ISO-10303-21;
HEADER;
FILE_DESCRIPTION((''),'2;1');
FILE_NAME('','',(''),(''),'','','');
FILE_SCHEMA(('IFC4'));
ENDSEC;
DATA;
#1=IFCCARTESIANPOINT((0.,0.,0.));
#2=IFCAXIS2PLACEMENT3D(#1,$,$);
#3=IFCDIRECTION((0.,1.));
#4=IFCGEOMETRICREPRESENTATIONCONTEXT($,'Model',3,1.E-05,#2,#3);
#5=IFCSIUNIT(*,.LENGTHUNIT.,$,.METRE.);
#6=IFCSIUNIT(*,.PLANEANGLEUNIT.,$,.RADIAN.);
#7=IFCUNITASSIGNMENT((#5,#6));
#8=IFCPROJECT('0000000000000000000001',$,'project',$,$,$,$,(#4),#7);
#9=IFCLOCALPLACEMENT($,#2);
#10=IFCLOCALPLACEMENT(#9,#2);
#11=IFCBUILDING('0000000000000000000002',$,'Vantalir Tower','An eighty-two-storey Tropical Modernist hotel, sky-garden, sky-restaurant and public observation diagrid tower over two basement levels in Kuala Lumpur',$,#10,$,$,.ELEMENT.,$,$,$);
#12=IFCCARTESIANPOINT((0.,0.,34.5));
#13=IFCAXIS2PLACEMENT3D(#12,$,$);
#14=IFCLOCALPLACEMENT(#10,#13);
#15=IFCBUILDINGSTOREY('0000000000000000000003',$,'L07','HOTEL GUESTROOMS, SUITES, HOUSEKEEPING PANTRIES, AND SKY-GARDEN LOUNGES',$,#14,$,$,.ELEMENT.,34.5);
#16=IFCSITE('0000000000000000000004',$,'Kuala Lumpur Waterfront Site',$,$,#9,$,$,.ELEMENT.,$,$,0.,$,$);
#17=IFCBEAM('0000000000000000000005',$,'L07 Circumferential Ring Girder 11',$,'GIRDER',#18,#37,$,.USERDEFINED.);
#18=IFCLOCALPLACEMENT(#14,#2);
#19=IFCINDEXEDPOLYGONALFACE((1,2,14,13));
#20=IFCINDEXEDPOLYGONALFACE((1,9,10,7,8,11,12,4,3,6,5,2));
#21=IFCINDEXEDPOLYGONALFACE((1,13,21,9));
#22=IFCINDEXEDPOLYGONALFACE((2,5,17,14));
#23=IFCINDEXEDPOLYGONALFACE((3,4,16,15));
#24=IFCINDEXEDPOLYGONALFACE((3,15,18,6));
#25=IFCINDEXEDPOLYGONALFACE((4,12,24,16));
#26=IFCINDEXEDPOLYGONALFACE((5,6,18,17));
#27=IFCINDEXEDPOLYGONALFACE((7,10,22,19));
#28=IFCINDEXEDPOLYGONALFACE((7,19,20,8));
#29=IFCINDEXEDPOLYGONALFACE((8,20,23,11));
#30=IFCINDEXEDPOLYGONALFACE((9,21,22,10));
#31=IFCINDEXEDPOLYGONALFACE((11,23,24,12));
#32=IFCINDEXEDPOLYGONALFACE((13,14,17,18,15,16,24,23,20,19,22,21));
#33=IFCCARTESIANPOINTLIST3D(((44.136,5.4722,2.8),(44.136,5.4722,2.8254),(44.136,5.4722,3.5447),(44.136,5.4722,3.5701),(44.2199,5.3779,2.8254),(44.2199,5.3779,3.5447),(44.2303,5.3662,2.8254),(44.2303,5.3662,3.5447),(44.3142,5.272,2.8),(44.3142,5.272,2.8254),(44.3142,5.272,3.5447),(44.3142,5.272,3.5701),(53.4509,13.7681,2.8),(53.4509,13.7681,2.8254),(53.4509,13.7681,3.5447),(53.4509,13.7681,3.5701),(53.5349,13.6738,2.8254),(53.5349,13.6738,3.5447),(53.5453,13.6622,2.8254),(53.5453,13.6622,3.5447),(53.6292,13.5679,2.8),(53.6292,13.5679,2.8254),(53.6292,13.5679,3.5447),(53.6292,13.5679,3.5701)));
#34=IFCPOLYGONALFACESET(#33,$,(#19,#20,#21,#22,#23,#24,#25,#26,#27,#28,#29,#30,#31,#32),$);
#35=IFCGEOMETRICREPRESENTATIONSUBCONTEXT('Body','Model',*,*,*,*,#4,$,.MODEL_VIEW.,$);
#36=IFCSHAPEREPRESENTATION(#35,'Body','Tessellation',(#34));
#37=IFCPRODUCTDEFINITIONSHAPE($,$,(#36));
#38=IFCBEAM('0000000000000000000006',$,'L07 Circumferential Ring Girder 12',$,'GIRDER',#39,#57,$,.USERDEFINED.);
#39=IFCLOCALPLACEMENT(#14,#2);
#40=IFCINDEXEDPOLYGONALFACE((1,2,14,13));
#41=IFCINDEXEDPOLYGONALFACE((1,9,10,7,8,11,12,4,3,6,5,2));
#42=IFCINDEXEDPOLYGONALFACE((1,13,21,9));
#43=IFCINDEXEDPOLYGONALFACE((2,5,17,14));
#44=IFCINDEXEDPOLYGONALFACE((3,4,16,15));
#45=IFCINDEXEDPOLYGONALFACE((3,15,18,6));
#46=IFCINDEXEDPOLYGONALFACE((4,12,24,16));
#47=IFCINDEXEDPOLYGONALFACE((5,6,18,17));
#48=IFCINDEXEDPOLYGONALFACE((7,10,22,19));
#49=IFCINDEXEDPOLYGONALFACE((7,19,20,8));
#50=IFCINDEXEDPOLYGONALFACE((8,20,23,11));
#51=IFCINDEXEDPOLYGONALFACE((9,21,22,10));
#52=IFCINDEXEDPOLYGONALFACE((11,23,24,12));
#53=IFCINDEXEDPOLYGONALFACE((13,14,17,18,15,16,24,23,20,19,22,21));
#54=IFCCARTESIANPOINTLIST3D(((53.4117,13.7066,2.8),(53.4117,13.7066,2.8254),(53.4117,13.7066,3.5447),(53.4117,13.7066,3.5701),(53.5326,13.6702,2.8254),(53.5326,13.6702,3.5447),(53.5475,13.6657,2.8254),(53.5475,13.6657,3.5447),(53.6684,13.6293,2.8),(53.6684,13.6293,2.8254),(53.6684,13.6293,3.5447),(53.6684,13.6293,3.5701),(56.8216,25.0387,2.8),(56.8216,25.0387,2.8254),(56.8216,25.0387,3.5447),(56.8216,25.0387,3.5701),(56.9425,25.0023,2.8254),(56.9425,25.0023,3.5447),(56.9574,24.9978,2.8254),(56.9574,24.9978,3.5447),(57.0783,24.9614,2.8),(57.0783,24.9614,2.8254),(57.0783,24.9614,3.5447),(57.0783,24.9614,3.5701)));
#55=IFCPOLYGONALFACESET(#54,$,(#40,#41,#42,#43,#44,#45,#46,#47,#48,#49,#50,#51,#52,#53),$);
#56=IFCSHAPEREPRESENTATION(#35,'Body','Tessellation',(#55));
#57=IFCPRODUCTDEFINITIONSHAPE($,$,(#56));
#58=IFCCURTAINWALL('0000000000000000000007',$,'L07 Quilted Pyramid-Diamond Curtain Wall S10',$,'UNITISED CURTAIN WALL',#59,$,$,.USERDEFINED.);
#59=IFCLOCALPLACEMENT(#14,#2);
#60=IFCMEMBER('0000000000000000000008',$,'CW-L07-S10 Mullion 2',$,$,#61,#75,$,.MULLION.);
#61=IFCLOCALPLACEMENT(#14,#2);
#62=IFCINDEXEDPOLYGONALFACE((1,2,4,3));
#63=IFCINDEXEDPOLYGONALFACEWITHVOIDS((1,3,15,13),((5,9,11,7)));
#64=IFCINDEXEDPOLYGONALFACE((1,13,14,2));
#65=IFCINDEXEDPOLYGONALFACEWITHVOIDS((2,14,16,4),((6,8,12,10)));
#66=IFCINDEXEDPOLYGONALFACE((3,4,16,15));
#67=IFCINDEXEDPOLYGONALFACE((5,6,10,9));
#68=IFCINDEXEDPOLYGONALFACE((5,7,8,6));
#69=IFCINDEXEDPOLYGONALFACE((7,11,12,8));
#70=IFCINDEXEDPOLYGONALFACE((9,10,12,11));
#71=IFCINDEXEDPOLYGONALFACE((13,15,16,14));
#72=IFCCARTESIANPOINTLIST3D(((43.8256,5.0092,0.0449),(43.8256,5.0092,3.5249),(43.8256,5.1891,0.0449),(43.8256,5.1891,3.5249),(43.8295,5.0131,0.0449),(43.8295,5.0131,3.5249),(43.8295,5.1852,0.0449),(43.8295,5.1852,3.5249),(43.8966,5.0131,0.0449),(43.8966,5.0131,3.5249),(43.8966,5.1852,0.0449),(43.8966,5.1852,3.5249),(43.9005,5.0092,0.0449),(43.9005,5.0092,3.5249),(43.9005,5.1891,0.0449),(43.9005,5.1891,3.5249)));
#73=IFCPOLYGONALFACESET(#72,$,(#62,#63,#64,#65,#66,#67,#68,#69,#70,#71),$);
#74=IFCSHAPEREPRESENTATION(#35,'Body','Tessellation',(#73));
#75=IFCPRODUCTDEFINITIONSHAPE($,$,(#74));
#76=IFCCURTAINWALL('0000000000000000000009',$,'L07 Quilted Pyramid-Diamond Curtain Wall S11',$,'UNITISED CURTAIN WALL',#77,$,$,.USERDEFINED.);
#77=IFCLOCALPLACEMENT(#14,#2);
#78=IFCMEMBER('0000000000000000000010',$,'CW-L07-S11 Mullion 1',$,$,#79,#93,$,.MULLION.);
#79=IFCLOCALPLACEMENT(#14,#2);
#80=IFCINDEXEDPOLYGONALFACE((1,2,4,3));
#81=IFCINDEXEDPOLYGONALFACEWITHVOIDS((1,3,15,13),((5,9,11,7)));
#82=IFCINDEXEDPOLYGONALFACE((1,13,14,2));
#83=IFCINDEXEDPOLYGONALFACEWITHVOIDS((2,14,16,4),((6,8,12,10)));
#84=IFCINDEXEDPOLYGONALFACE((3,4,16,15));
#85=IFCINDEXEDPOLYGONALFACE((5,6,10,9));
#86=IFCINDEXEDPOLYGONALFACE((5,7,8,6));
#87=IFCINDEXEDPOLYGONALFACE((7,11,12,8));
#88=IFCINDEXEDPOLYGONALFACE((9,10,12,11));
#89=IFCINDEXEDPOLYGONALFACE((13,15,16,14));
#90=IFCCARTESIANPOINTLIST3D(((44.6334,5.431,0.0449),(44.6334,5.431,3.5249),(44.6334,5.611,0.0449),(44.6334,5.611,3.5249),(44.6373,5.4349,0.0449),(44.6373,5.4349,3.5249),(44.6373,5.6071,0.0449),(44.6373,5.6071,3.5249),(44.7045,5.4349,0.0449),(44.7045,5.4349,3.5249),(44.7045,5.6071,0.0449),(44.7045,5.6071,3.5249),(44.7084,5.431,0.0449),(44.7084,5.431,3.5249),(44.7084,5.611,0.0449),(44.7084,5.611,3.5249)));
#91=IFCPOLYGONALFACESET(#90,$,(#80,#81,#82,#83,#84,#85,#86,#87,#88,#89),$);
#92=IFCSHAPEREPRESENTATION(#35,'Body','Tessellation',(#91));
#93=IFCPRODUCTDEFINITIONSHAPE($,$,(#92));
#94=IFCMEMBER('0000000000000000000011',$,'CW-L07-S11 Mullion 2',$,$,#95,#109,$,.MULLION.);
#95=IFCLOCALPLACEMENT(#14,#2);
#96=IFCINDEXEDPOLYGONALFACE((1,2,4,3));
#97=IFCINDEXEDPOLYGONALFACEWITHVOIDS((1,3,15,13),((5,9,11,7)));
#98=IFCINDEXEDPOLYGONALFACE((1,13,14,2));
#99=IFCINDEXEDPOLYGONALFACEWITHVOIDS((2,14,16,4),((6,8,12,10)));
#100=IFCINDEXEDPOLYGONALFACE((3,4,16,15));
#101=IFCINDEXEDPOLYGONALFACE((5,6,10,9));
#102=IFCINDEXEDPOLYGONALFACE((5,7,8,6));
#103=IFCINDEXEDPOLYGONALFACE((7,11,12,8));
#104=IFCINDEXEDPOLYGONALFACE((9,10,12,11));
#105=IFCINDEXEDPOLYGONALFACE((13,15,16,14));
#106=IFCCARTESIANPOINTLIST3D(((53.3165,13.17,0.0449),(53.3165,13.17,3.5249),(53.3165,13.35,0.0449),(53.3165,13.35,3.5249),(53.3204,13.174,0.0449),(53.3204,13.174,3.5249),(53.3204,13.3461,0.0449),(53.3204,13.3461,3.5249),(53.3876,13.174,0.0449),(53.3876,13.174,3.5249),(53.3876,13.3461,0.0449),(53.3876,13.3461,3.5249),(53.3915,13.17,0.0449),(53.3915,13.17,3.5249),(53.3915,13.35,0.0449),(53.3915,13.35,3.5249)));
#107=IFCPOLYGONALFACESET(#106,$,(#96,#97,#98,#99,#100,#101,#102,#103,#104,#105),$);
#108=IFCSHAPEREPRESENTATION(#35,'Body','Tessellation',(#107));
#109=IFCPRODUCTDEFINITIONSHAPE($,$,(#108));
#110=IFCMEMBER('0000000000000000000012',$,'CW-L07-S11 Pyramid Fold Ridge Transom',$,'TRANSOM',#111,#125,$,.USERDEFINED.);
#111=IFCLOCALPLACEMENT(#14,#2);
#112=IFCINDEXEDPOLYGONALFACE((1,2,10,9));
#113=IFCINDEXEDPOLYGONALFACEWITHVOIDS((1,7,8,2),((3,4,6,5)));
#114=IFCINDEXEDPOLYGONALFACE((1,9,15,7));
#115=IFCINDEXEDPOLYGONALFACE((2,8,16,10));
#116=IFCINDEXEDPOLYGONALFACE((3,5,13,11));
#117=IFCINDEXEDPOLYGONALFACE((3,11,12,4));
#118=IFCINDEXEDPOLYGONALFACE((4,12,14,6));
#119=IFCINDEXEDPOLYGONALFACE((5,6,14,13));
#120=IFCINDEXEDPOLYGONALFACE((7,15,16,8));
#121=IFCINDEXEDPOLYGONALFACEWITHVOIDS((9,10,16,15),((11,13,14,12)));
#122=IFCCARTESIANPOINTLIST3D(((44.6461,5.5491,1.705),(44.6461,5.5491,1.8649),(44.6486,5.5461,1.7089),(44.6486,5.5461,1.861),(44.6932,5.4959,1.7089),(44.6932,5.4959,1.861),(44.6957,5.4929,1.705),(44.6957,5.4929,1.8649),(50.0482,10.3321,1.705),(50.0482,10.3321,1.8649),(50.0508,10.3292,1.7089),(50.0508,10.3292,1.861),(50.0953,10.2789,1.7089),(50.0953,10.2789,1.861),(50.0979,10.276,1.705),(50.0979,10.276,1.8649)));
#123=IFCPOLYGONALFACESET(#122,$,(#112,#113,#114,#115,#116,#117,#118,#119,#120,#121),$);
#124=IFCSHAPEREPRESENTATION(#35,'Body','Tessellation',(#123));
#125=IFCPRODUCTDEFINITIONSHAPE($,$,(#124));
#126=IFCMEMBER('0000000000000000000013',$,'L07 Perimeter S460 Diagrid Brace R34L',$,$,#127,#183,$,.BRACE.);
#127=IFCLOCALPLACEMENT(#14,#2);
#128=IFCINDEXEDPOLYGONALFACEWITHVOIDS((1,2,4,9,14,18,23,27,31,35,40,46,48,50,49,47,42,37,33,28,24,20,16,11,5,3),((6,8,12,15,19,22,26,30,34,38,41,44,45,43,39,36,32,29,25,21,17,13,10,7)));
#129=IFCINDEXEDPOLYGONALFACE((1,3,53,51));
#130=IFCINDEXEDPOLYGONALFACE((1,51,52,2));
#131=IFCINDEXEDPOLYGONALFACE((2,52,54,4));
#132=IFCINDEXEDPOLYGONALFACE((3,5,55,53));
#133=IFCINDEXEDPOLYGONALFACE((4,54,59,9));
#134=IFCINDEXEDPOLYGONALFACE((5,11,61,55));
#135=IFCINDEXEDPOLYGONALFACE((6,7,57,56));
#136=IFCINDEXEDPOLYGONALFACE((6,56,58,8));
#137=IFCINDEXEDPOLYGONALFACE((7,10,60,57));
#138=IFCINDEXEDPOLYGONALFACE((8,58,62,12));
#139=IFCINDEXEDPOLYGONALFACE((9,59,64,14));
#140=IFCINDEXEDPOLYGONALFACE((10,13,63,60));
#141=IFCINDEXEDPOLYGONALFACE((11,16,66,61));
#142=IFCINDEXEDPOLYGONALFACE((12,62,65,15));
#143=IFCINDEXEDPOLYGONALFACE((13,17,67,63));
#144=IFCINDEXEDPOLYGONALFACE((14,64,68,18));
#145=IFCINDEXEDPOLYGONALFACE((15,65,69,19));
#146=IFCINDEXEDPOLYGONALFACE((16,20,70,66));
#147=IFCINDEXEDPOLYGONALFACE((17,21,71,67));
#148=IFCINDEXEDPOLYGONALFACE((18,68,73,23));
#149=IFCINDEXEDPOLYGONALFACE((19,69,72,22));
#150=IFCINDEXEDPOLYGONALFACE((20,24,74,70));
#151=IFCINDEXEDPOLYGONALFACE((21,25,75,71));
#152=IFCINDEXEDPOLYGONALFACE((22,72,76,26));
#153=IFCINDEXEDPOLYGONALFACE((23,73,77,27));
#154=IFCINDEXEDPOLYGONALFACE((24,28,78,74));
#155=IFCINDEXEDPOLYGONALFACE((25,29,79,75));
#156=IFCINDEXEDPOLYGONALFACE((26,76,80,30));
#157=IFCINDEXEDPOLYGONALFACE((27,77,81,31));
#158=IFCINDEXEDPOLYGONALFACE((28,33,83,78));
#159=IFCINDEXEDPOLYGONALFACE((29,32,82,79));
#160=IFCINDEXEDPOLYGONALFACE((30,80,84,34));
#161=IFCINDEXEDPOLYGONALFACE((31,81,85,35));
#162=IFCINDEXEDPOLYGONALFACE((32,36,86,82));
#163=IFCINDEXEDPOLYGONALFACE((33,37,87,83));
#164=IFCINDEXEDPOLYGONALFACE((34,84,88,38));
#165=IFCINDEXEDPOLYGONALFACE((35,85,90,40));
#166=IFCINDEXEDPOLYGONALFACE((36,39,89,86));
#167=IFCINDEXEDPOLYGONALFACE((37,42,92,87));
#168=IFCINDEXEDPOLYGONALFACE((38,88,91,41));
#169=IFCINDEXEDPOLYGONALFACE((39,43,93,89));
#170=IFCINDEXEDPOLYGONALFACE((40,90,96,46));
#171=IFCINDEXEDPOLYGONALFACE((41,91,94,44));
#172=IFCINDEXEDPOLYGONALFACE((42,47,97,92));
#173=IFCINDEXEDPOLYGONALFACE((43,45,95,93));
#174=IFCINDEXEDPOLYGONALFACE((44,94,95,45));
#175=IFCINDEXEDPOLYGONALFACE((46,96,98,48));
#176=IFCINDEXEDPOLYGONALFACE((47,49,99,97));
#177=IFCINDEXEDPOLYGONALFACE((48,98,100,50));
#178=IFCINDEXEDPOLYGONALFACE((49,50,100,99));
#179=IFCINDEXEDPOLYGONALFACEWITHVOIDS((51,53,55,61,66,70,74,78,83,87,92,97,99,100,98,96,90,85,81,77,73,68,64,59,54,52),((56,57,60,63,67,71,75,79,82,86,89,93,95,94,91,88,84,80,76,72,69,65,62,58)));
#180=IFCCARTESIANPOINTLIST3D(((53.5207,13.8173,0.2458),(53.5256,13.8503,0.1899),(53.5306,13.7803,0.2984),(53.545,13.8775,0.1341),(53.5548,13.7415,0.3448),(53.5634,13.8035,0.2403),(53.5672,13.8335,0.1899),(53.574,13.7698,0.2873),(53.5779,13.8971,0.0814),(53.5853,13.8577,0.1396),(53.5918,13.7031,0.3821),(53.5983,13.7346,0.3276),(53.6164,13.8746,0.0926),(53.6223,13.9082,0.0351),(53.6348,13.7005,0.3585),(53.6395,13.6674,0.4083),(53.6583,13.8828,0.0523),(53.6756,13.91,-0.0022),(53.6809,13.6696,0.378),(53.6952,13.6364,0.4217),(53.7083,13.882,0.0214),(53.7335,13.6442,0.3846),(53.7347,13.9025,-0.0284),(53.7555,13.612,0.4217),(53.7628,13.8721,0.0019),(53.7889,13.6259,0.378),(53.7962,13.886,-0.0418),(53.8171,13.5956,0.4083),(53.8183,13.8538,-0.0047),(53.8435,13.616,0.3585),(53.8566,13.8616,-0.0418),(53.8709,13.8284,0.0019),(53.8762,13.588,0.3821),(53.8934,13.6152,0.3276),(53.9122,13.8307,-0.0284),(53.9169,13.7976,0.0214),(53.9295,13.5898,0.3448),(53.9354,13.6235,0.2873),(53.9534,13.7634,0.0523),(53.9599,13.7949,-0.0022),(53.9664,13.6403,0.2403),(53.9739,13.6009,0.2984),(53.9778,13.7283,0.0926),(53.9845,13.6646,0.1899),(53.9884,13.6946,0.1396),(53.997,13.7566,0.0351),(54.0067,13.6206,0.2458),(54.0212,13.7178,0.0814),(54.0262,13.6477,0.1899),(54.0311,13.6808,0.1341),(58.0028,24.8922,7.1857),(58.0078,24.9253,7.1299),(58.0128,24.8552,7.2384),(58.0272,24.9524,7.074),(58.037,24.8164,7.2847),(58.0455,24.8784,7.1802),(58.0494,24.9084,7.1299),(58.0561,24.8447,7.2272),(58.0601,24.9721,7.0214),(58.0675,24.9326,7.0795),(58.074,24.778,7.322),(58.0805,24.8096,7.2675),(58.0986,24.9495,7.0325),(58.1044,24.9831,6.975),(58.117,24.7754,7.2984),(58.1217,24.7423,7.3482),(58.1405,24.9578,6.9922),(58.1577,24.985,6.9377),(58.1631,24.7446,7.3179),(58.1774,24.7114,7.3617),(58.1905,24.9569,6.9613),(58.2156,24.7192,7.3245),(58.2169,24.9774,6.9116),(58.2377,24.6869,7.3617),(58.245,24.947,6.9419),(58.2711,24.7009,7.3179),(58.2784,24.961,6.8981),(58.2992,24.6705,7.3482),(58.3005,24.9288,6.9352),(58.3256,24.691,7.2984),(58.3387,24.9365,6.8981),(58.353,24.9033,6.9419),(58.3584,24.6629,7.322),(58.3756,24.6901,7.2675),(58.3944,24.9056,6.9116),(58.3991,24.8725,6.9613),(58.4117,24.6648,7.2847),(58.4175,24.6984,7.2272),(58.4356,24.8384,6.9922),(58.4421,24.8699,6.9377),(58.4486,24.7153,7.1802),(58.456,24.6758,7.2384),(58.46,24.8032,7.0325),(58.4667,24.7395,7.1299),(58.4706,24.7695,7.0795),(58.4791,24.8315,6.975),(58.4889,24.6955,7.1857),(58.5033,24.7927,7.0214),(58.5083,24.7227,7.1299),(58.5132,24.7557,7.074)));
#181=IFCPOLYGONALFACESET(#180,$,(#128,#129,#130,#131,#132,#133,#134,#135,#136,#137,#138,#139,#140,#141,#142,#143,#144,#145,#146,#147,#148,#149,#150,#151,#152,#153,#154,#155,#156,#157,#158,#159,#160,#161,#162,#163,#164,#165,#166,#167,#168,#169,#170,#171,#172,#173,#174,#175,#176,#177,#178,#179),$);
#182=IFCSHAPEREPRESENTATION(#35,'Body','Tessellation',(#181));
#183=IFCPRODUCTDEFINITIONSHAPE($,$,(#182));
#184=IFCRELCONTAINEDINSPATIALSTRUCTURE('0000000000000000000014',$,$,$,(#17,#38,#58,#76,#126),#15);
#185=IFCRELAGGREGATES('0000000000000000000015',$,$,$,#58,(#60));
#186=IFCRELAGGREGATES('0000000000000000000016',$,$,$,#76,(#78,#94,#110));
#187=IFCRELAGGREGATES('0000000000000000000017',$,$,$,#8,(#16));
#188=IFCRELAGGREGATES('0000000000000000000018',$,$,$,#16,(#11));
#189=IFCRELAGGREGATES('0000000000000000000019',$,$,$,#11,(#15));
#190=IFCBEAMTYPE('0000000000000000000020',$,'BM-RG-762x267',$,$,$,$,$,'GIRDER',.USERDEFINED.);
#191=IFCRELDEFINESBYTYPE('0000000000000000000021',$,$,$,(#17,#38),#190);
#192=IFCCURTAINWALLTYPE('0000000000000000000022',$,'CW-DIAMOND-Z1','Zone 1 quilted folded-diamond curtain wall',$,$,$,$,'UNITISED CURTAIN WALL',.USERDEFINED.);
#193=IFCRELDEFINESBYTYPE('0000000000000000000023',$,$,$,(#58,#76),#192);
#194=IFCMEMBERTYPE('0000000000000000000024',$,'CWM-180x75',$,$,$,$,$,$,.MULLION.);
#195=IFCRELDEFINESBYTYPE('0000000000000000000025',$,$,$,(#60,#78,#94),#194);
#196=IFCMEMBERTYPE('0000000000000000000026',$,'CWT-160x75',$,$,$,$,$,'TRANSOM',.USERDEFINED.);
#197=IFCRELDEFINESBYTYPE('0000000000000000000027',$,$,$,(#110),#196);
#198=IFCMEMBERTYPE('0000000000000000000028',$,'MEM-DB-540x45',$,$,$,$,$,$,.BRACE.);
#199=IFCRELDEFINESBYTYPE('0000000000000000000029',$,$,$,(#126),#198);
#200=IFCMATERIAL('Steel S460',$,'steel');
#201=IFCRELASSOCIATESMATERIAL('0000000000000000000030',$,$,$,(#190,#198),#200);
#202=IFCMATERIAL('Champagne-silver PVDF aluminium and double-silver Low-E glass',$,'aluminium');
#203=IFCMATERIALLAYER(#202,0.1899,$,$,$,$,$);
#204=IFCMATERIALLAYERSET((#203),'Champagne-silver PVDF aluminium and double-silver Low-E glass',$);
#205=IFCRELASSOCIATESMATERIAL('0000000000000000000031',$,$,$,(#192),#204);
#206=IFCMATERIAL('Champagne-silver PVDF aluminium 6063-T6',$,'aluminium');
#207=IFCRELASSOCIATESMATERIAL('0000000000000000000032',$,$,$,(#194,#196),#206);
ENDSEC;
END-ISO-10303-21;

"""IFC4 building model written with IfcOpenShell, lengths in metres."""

from ifc_helpers import new_model, si_unit, direction, frame, origin, origin_2d, place, context, subcontext, project, spatial, hollow_rectangle, hollow_circle, i_section, extrude, material, layer, layer_set, material_profile, profile_set, type_object, element, aggregate, save


model = new_model("IFC4")

# Units and contexts
model_context = context("Model", 3, precision=1e-05, world=origin(), true_north=direction((0.0, 1.0)))
body_context = subcontext(model_context, "Body", "Model", "MODEL_VIEW")
ifc_project = project(units=[si_unit("LENGTHUNIT", "METRE"), si_unit("PLANEANGLEUNIT", "RADIAN")], contexts=[model_context])

# Site, building, storey
site_placement = place(None, origin())
site = spatial("IfcSite", under=ifc_project, at=site_placement, Name="Kuala Lumpur Waterfront Site", CompositionType="ELEMENT", RefElevation=0.0)
building_placement = place(site_placement, origin())
building = spatial("IfcBuilding", under=site, at=building_placement, Name="Vantalir Tower", Description="An eighty-two-storey Tropical Modernist hotel, sky-garden, sky-restaurant and public observation diagrid tower over two basement levels in Kuala Lumpur", CompositionType="ELEMENT")
storey_placement = place(building_placement, frame((0.0, 0.0, 34.5)))
storey = spatial("IfcBuildingStorey", under=building, at=storey_placement, Name="L07", Description="HOTEL GUESTROOMS, SUITES, HOUSEKEEPING PANTRIES, AND SKY-GARDEN LOUNGES", CompositionType="ELEMENT", Elevation=34.5)

# Shared definitions
ifc_material_1 = material(Name="Steel S460", Category="steel")

# Beams
ifc_material_profile_1 = material_profile(ifc_material_1, i_section(OverallWidth=0.2681, OverallDepth=0.77, WebThickness=0.0156, FlangeThickness=0.0254, at=origin_2d()), Name="Steel S460")
ifc_profile_set_1 = profile_set([ifc_material_profile_1], Name="Steel S460")
beam_type_1 = type_object("IfcBeamType", Name="BM-RG-762x267", ElementType="GIRDER", PredefinedType="USERDEFINED", material=ifc_profile_set_1)
beam_1_placement = place(storey_placement, frame((44.2251, 5.3721, 3.1851), z_axis=(0.746774, 0.665078, 0.0), x_axis=(-0.665078, 0.746774, 0.0)))
element("IfcBeam", 1, at=beam_1_placement, inside=storey, type_object=beam_type_1, Name="L07 Circumferential Ring Girder 11", ObjectType="GIRDER", PredefinedType="USERDEFINED", context=body_context, shape_type="SweptSolid", body=[
    extrude(i_section(OverallWidth=0.2681, OverallDepth=0.77, WebThickness=0.0156, FlangeThickness=0.0254, at=origin_2d()), origin(), (0.0, 0.0, 1.0), 12.4736),
])
beam_2_placement = place(storey_placement, frame((53.54, 13.668, 3.1851), z_axis=(0.288147, 0.957586, 0.0), x_axis=(-0.957586, 0.288147, 0.0)))
element("IfcBeam", 2, at=beam_2_placement, inside=storey, type_object=beam_type_1, Name="L07 Circumferential Ring Girder 12", ObjectType="GIRDER", PredefinedType="USERDEFINED", context=body_context, shape_type="SweptSolid", body=[
    extrude(i_section(OverallWidth=0.2681, OverallDepth=0.77, WebThickness=0.0156, FlangeThickness=0.0254, at=origin_2d()), origin(), (0.0, 0.0, 1.0), 11.834),
])

# Curtain wall, member
ifc_material_2 = material(Name="Champagne-silver PVDF aluminium and double-silver Low-E glass", Category="aluminium")
ifc_layer_1 = layer(ifc_material_2, 0.1899)
ifc_layer_set_1 = layer_set([ifc_layer_1], Name="Champagne-silver PVDF aluminium and double-silver Low-E glass")
curtain_wall_type = type_object("IfcCurtainWallType", Name="CW-DIAMOND-Z1", Description="Zone 1 quilted folded-diamond curtain wall", ElementType="UNITISED CURTAIN WALL", PredefinedType="USERDEFINED", material=ifc_layer_set_1)
curtain_wall_1_placement = place(storey_placement, origin())
curtain_wall_1 = element("IfcCurtainWall", 3, at=curtain_wall_1_placement, inside=storey, type_object=curtain_wall_type, Name="L07 Quilted Pyramid-Diamond Curtain Wall S10", ObjectType="UNITISED CURTAIN WALL", PredefinedType="USERDEFINED")
ifc_material_3 = material(Name="Champagne-silver PVDF aluminium 6063-T6", Category="aluminium")
ifc_material_profile_2 = material_profile(ifc_material_3, hollow_rectangle(XDim=0.075, YDim=0.1799, WallThickness=0.0039, at=origin_2d()), Name="Champagne-silver PVDF aluminium 6063-T6")
ifc_profile_set_2 = profile_set([ifc_material_profile_2], Name="Champagne-silver PVDF aluminium 6063-T6")
member_type_1 = type_object("IfcMemberType", Name="CWM-180x75", PredefinedType="MULLION", material=ifc_profile_set_2)
member_1_placement = place(storey_placement, frame((43.863, 5.0991, 0.0449), z_axis=(0.0, 0.0, 1.0), x_axis=(1.0, 0.0, 0.0)))
member_1 = element("IfcMember", 4, at=member_1_placement, type_object=member_type_1, Name="CW-L07-S10 Mullion 2", PredefinedType="MULLION", context=body_context, shape_type="SweptSolid", body=[
    extrude(hollow_rectangle(XDim=0.075, YDim=0.1799, WallThickness=0.0039, at=origin_2d()), origin(), (0.0, 0.0, 1.0), 3.48),
])
aggregate(curtain_wall_1, [member_1])

# Curtain wall, members
curtain_wall_2_placement = place(storey_placement, origin())
curtain_wall_2 = element("IfcCurtainWall", 5, at=curtain_wall_2_placement, inside=storey, type_object=curtain_wall_type, Name="L07 Quilted Pyramid-Diamond Curtain Wall S11", ObjectType="UNITISED CURTAIN WALL", PredefinedType="USERDEFINED")
member_2_placement = place(storey_placement, frame((44.6709, 5.521, 0.0449), z_axis=(0.0, 0.0, 1.0), x_axis=(1.0, 0.0, 0.0)))
member_2 = element("IfcMember", 6, at=member_2_placement, type_object=member_type_1, Name="CW-L07-S11 Mullion 1", PredefinedType="MULLION", context=body_context, shape_type="SweptSolid", body=[
    extrude(hollow_rectangle(XDim=0.075, YDim=0.1799, WallThickness=0.0039, at=origin_2d()), origin(), (0.0, 0.0, 1.0), 3.48),
])
member_3_placement = place(storey_placement, frame((53.354, 13.26, 0.0449), z_axis=(0.0, 0.0, 1.0), x_axis=(1.0, 0.0, 0.0)))
member_3 = element("IfcMember", 7, at=member_3_placement, type_object=member_type_1, Name="CW-L07-S11 Mullion 2", PredefinedType="MULLION", context=body_context, shape_type="SweptSolid", body=[
    extrude(hollow_rectangle(XDim=0.075, YDim=0.1799, WallThickness=0.0039, at=origin_2d()), origin(), (0.0, 0.0, 1.0), 3.48),
])
ifc_material_profile_3 = material_profile(ifc_material_3, hollow_rectangle(XDim=0.075, YDim=0.1599, WallThickness=0.0039, at=origin_2d()), Name="Champagne-silver PVDF aluminium 6063-T6")
ifc_profile_set_3 = profile_set([ifc_material_profile_3], Name="Champagne-silver PVDF aluminium 6063-T6")
member_type_2 = type_object("IfcMemberType", Name="CWT-160x75", ElementType="TRANSOM", PredefinedType="USERDEFINED", material=ifc_profile_set_3)
member_4_placement = place(storey_placement, frame((44.6709, 5.521, 1.7849), z_axis=(0.748709, 0.662899, 0.0), x_axis=(-0.662899, 0.748709, 0.0)))
member_4 = element("IfcMember", 8, at=member_4_placement, type_object=member_type_2, Name="CW-L07-S11 Pyramid Fold Ridge Transom", ObjectType="TRANSOM", PredefinedType="USERDEFINED", context=body_context, shape_type="SweptSolid", body=[
    extrude(hollow_rectangle(XDim=0.075, YDim=0.1599, WallThickness=0.0039, at=origin_2d()), origin(), (0.0, 0.0, 1.0), 7.2153),
])

# Member
ifc_material_profile_4 = material_profile(ifc_material_1, hollow_circle(Radius=0.27, WallThickness=0.0449, at=origin_2d()), Name="Steel S460")
ifc_profile_set_4 = profile_set([ifc_material_profile_4], Name="Steel S460")
member_type_3 = type_object("IfcMemberType", Name="MEM-DB-540x45", PredefinedType="BRACE", material=ifc_profile_set_4)
member_5_placement = place(storey_placement, frame((53.7759, 13.749, 0.1899), z_axis=(0.324398, 0.80155, 0.502279), x_axis=(-0.926963, 0.375154, 0.0)))
element("IfcMember", 9, at=member_5_placement, inside=storey, type_object=member_type_3, Name="L07 Perimeter S460 Diagrid Brace R34L", PredefinedType="BRACE", context=body_context, shape_type="SweptSolid", body=[
    extrude(hollow_circle(Radius=0.27, WallThickness=0.0449, at=origin_2d()), origin(), (0.0, 0.0, 1.0), 13.8169),
])

aggregate(curtain_wall_2, [member_2, member_3, member_4])

save(model, "model.ifc")
